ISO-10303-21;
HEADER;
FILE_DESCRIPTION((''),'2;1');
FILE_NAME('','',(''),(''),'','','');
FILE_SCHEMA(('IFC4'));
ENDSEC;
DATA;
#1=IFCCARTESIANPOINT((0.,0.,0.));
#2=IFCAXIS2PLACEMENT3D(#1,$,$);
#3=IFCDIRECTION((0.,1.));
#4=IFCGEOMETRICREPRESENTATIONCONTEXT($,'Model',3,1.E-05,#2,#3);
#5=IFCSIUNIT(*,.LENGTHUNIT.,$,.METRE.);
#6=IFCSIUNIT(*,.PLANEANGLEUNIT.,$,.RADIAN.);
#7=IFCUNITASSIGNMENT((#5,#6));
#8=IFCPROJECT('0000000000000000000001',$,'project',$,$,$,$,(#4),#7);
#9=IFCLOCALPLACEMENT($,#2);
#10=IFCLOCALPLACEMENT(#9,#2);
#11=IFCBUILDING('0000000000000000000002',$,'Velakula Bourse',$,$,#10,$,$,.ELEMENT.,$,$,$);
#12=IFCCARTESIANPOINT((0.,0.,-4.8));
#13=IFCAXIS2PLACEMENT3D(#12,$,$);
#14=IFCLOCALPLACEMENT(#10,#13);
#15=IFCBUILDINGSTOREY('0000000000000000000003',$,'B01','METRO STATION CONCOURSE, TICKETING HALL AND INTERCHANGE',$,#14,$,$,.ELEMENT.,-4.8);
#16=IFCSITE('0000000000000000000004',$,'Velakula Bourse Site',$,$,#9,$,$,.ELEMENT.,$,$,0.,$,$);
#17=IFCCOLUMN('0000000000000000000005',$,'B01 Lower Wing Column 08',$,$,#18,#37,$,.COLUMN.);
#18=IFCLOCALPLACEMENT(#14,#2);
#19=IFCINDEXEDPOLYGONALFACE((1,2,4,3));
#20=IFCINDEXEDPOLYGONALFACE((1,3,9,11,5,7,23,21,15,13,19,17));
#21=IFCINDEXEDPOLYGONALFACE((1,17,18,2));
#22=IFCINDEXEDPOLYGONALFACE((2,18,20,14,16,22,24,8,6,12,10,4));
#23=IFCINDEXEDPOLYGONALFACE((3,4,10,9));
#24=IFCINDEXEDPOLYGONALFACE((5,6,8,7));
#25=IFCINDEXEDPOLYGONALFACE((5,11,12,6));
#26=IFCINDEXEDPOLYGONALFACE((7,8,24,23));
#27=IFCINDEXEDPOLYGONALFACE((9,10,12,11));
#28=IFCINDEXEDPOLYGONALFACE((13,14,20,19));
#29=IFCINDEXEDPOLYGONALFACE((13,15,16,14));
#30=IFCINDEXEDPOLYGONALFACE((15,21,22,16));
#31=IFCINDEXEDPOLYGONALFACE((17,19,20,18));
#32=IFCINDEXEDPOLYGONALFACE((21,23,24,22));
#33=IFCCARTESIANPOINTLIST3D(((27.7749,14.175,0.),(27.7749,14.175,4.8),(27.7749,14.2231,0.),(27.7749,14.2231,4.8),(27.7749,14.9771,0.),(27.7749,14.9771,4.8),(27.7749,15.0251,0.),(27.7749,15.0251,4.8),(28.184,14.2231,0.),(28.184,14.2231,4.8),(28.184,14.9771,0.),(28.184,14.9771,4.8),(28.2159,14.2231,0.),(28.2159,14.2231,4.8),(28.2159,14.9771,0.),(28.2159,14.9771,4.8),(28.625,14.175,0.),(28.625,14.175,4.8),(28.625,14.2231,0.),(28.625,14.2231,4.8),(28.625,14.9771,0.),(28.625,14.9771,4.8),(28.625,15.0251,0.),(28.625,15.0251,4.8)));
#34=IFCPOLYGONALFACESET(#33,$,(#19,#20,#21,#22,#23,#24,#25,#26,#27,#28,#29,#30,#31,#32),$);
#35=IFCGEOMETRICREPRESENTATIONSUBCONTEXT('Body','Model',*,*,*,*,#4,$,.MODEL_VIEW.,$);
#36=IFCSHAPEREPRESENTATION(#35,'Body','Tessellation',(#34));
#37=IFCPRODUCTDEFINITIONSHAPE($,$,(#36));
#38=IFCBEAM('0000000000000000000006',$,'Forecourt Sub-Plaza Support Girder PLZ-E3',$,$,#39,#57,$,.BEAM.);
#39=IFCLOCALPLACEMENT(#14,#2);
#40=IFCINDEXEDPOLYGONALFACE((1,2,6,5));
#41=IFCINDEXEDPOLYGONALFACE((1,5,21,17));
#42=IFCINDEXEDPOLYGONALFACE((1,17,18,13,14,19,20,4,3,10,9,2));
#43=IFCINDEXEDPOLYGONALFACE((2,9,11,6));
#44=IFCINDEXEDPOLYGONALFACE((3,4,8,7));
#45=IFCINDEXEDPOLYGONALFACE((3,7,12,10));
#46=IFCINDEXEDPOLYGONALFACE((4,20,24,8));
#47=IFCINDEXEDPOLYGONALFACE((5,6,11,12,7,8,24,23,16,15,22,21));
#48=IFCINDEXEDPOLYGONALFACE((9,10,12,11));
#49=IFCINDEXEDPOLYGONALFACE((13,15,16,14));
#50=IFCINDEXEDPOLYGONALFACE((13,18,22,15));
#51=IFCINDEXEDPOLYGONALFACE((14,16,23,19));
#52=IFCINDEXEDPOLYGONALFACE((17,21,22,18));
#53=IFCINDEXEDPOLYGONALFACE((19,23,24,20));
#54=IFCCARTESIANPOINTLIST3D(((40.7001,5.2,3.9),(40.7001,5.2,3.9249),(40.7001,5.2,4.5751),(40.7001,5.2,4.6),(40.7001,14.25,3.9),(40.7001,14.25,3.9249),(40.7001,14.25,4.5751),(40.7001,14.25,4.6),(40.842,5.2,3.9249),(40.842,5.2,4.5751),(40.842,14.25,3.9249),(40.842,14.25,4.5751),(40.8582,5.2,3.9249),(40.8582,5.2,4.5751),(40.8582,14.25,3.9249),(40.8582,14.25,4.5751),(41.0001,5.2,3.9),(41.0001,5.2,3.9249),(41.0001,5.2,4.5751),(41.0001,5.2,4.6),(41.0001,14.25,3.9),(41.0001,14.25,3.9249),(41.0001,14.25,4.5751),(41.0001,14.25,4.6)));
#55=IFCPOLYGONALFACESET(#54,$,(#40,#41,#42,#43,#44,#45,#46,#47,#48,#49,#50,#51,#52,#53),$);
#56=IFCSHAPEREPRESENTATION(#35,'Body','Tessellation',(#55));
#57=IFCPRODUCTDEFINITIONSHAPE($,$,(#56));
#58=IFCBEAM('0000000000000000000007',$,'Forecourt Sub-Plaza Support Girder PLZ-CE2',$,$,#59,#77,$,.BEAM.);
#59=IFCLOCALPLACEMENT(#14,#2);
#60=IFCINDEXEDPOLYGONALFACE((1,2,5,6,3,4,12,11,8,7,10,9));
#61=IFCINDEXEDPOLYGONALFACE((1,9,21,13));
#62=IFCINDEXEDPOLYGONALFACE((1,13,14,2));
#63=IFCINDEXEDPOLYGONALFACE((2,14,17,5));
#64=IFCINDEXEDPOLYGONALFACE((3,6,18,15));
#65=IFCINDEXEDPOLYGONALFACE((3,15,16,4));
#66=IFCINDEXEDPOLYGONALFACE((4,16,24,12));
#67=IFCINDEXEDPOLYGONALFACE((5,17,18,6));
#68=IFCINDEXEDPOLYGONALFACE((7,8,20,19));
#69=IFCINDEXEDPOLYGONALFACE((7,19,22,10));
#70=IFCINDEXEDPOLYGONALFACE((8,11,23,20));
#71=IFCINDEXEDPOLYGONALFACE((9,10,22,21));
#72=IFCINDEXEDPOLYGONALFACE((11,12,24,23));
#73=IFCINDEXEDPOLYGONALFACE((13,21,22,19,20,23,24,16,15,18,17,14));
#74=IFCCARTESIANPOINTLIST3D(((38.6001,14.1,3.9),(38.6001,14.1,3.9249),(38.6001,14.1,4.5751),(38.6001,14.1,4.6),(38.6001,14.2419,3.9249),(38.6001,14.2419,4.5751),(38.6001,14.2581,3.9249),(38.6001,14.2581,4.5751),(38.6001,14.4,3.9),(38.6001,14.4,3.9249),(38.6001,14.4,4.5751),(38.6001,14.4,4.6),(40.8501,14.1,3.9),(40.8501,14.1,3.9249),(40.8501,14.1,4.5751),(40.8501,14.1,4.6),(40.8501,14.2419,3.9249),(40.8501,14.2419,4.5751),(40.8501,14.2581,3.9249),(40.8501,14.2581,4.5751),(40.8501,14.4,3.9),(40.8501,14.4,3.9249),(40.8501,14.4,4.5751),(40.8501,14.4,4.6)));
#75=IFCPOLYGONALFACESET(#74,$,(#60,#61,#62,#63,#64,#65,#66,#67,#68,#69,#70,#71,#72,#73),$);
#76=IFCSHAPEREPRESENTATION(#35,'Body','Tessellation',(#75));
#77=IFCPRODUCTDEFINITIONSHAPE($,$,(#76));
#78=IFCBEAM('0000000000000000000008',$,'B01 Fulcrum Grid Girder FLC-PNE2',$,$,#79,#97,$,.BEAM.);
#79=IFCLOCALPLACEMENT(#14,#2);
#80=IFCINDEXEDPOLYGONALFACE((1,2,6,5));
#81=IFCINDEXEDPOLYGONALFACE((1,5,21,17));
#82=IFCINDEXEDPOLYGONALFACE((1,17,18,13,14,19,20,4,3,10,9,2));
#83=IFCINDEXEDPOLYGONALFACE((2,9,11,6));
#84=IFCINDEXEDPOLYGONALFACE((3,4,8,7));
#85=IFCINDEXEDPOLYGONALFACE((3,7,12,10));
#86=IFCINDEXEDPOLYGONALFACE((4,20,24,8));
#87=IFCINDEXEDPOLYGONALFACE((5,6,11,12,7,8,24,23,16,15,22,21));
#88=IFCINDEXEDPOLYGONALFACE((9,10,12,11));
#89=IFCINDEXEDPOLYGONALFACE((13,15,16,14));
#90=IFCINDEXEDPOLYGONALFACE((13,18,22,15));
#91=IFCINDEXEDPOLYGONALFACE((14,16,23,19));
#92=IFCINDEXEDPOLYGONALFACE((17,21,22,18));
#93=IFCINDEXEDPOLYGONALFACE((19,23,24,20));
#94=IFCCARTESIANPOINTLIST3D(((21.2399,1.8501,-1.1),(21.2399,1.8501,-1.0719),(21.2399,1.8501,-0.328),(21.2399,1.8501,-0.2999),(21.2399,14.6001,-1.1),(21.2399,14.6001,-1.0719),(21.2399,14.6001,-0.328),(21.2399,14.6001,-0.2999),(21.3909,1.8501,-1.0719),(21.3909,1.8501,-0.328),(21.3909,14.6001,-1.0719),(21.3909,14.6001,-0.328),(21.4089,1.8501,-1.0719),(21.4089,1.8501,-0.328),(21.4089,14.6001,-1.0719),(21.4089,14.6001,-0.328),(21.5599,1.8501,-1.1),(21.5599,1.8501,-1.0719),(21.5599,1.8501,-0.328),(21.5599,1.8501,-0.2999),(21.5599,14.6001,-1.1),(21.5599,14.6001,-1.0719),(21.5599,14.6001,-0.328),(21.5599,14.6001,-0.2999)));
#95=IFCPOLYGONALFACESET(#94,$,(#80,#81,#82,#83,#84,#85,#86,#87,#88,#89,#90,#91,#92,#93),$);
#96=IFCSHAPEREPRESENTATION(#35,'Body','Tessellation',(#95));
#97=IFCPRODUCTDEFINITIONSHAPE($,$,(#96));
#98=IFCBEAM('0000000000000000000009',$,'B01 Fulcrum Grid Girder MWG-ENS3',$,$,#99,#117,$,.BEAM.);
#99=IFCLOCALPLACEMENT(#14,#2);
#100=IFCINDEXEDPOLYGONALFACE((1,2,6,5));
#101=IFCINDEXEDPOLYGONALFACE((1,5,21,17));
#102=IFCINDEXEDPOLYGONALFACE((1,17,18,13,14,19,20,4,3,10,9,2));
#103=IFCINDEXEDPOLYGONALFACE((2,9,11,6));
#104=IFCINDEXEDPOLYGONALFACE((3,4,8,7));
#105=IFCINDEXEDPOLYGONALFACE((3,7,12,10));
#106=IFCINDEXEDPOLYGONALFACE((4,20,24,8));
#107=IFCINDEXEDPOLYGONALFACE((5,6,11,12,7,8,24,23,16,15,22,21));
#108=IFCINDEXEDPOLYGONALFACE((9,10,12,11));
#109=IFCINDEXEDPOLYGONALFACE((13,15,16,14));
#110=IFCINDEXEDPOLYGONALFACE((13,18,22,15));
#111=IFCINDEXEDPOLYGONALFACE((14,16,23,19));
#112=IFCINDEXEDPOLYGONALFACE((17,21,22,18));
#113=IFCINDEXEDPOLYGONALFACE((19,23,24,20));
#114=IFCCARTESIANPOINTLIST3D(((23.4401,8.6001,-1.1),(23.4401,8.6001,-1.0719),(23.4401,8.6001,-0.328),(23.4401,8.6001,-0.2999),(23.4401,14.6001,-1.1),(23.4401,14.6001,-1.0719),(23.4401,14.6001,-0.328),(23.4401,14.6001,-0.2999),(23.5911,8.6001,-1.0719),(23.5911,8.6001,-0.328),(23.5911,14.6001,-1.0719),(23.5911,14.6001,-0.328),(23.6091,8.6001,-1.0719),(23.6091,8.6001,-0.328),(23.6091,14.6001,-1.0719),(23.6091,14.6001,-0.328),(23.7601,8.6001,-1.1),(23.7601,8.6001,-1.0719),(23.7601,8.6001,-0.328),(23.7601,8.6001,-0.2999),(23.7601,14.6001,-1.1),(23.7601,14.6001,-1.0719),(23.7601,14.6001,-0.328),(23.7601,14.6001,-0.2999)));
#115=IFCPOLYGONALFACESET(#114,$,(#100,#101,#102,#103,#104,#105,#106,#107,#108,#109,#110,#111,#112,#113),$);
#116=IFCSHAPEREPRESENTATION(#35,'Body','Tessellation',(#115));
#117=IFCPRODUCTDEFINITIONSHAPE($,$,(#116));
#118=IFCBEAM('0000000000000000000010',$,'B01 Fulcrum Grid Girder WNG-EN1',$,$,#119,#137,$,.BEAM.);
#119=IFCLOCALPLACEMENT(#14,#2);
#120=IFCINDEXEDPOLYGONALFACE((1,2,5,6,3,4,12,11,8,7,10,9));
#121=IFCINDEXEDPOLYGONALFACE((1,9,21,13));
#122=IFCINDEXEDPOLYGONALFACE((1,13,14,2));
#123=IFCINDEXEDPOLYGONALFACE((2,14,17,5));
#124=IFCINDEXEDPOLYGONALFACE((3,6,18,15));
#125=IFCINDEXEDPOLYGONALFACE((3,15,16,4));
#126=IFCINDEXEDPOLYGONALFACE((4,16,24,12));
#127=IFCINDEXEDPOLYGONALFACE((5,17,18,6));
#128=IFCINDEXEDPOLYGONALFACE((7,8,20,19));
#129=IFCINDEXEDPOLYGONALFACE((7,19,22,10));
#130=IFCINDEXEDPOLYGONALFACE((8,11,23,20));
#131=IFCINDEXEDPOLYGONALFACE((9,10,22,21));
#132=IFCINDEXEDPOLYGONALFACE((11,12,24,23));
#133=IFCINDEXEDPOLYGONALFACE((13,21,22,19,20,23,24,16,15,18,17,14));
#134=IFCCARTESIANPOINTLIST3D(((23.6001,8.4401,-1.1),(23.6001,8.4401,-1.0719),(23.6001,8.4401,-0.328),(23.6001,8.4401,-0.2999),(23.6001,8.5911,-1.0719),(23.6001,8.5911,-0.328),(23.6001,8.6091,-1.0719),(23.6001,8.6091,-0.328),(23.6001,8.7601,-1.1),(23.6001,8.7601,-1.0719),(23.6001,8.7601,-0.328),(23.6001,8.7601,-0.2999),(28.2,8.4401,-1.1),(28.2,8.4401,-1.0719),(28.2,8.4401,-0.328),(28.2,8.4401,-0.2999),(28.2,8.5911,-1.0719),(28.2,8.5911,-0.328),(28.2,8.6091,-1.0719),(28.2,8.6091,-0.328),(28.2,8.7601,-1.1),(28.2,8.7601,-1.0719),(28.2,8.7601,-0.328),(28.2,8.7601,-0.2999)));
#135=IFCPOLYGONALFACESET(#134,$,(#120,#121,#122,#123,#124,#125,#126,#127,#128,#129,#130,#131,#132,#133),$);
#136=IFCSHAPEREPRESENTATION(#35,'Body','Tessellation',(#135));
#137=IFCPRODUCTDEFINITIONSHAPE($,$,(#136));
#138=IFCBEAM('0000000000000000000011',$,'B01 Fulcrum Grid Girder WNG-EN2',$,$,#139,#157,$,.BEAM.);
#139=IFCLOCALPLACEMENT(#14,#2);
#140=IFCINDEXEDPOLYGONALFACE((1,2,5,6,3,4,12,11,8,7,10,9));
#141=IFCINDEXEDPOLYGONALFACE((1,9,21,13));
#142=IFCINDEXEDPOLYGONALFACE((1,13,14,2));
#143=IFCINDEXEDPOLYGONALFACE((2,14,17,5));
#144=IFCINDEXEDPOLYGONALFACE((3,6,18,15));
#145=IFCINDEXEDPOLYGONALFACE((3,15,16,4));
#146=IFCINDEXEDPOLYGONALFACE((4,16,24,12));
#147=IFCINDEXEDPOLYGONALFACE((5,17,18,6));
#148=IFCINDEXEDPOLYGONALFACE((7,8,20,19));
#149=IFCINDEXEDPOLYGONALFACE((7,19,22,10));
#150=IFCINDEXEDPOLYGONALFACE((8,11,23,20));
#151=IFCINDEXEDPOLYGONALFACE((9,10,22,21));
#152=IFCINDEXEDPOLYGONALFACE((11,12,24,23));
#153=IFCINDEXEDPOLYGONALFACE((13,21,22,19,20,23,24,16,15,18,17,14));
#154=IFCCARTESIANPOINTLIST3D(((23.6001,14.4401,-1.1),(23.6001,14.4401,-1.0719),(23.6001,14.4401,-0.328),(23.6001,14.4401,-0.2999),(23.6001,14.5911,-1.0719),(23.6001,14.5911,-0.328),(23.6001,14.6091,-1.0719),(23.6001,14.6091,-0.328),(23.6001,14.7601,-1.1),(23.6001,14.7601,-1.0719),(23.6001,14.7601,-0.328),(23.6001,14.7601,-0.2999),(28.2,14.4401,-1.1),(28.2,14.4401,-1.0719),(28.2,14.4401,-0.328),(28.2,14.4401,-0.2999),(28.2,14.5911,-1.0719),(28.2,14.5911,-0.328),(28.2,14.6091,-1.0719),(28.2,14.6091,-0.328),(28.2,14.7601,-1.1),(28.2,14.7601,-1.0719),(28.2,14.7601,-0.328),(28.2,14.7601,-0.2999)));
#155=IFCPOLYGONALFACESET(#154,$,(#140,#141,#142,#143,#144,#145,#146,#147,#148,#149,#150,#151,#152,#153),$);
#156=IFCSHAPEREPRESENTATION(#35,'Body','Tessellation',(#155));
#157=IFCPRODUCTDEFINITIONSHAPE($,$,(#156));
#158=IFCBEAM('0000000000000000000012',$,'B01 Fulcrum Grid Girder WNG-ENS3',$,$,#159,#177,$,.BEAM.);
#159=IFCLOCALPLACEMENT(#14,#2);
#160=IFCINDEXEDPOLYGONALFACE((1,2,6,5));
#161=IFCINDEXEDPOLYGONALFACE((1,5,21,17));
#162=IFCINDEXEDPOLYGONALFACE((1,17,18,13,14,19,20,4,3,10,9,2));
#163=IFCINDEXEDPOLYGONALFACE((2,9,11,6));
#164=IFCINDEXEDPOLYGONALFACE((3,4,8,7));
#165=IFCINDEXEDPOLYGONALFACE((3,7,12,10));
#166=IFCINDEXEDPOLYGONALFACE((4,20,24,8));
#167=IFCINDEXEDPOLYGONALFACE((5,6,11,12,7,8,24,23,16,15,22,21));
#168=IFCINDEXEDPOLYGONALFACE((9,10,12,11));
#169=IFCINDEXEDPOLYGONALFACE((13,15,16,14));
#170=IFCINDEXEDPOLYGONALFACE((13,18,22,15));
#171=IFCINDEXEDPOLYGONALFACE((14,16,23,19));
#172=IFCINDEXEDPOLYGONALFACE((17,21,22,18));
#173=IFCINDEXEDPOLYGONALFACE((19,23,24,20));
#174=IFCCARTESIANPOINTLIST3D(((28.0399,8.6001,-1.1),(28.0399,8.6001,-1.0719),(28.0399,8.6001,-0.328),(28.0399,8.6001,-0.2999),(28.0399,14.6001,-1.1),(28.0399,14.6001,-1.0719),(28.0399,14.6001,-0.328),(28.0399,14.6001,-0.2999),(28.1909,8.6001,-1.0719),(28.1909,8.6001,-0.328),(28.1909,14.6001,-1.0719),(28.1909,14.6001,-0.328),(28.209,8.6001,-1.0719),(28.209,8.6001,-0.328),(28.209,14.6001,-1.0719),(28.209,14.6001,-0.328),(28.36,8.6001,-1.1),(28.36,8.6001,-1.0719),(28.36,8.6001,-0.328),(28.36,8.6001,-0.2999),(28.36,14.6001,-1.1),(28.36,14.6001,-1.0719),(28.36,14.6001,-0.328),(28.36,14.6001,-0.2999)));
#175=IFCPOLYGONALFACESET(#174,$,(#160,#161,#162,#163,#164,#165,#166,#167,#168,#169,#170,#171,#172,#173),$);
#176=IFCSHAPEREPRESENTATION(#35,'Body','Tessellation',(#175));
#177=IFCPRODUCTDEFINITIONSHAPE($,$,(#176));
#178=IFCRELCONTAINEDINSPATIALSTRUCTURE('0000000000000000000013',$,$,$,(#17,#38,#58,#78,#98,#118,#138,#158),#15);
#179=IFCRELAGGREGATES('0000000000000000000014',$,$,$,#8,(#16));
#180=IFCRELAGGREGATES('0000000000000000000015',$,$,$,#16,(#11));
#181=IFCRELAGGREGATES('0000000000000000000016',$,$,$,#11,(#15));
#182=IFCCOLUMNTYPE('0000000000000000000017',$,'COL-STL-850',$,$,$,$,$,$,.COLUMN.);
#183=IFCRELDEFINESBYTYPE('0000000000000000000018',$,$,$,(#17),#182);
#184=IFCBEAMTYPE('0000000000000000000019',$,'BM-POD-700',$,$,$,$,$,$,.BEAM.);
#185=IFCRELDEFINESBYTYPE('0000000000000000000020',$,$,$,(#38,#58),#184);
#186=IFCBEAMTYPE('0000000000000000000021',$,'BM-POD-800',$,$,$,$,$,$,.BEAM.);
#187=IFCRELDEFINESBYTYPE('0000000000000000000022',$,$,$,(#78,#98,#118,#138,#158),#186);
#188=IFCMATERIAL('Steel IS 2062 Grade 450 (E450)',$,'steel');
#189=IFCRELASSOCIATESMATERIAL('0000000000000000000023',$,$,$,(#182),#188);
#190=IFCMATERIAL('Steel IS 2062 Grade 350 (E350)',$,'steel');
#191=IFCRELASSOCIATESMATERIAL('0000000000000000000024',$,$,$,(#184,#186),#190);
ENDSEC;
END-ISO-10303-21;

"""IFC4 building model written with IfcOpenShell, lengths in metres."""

from ifc_helpers import new_model, si_unit, direction, frame, origin, origin_2d, place, context, subcontext, project, spatial, i_section, extrude, material, material_profile, profile_set, type_object, element, save


model = new_model("IFC4")

# Units and contexts
model_context = context("Model", 3, precision=1e-05, world=origin(), true_north=direction((0.0, 1.0)))
body_context = subcontext(model_context, "Body", "Model", "MODEL_VIEW")
ifc_project = project(units=[si_unit("LENGTHUNIT", "METRE"), si_unit("PLANEANGLEUNIT", "RADIAN")], contexts=[model_context])

# Site, building, storey
site_placement = place(None, origin())
site = spatial("IfcSite", under=ifc_project, at=site_placement, Name="Velakula Bourse Site", CompositionType="ELEMENT", RefElevation=0.0)
building_placement = place(site_placement, origin())
building = spatial("IfcBuilding", under=site, at=building_placement, Name="Velakula Bourse", CompositionType="ELEMENT")
storey_placement = place(building_placement, frame((0.0, 0.0, -4.8)))
storey = spatial("IfcBuildingStorey", under=building, at=storey_placement, Name="B01", Description="METRO STATION CONCOURSE, TICKETING HALL AND INTERCHANGE", CompositionType="ELEMENT", Elevation=-4.8)

# Column
ifc_material_1 = material(Name="Steel IS 2062 Grade 450 (E450)", Category="steel")
ifc_material_profile_1 = material_profile(ifc_material_1, i_section(OverallWidth=0.8501, OverallDepth=0.8501, WebThickness=0.032, FlangeThickness=0.0481, at=origin_2d()), Name="Steel IS 2062 Grade 450 (E450)")
ifc_profile_set_1 = profile_set([ifc_material_profile_1], Name="Steel IS 2062 Grade 450 (E450)")
column_type_1 = type_object("IfcColumnType", Name="COL-STL-850", PredefinedType="COLUMN", material=ifc_profile_set_1)
for number, where, z_axis, x_axis, name in (
    (1, (28.2, 14.6001, 0.0), (0.0, 0.0, 1.0), (1.0, 0.0, 0.0), "B01 Lower Wing Column 08"),
):
    element("IfcColumn", number, at=place(storey_placement, frame(where, z_axis=z_axis, x_axis=x_axis)), inside=storey, type_object=column_type_1, Name=name, PredefinedType="COLUMN", context=body_context, shape_type="SweptSolid", body=[
        extrude(i_section(OverallWidth=0.8501, OverallDepth=0.8501, WebThickness=0.032, FlangeThickness=0.0481, at=origin_2d()), origin(), (0.0, 0.0, 1.0), 4.8),
    ])

# Beams
ifc_material_2 = material(Name="Steel IS 2062 Grade 350 (E350)", Category="steel")
ifc_material_profile_2 = material_profile(ifc_material_2, i_section(OverallWidth=0.3, OverallDepth=0.7, WebThickness=0.0161, FlangeThickness=0.0249, at=origin_2d()), Name="Steel IS 2062 Grade 350 (E350)")
ifc_profile_set_2 = profile_set([ifc_material_profile_2], Name="Steel IS 2062 Grade 350 (E350)")
beam_type_1 = type_object("IfcBeamType", Name="BM-POD-700", PredefinedType="BEAM", material=ifc_profile_set_2)
beam_1_placement = place(storey_placement, frame((40.8501, 5.2, 4.25), z_axis=(0.0, 1.0, 0.0), x_axis=(-1.0, 0.0, 0.0)))
element("IfcBeam", 2, at=beam_1_placement, inside=storey, type_object=beam_type_1, Name="Forecourt Sub-Plaza Support Girder PLZ-E3", PredefinedType="BEAM", context=body_context, shape_type="SweptSolid", body=[
    extrude(i_section(OverallWidth=0.3, OverallDepth=0.7, WebThickness=0.0161, FlangeThickness=0.0249, at=origin_2d()), origin(), (0.0, 0.0, 1.0), 9.05),
])
beam_2_placement = place(storey_placement, frame((38.6001, 14.25, 4.25), z_axis=(1.0, 0.0, 0.0), x_axis=(0.0, 1.0, 0.0)))
element("IfcBeam", 3, at=beam_2_placement, inside=storey, type_object=beam_type_1, Name="Forecourt Sub-Plaza Support Girder PLZ-CE2", PredefinedType="BEAM", context=body_context, shape_type="SweptSolid", body=[
    extrude(i_section(OverallWidth=0.3, OverallDepth=0.7, WebThickness=0.0161, FlangeThickness=0.0249, at=origin_2d()), origin(), (0.0, 0.0, 1.0), 2.25),
])
ifc_material_profile_3 = material_profile(ifc_material_2, i_section(OverallWidth=0.3201, OverallDepth=0.8, WebThickness=0.0181, FlangeThickness=0.0281, at=origin_2d()), Name="Steel IS 2062 Grade 350 (E350)")
ifc_profile_set_3 = profile_set([ifc_material_profile_3], Name="Steel IS 2062 Grade 350 (E350)")
beam_type_2 = type_object("IfcBeamType", Name="BM-POD-800", PredefinedType="BEAM", material=ifc_profile_set_3)
beam_3_placement = place(storey_placement, frame((21.3999, 1.8501, -0.7), z_axis=(0.0, 1.0, 0.0), x_axis=(-1.0, 0.0, 0.0)))
element("IfcBeam", 4, at=beam_3_placement, inside=storey, type_object=beam_type_2, Name="B01 Fulcrum Grid Girder FLC-PNE2", PredefinedType="BEAM", context=body_context, shape_type="SweptSolid", body=[
    extrude(i_section(OverallWidth=0.3201, OverallDepth=0.8, WebThickness=0.0181, FlangeThickness=0.0281, at=origin_2d()), origin(), (0.0, 0.0, 1.0), 12.75),
])
beam_4_placement = place(storey_placement, frame((23.6001, 8.6001, -0.7), z_axis=(0.0, 1.0, 0.0), x_axis=(-1.0, 0.0, 0.0)))
element("IfcBeam", 5, at=beam_4_placement, inside=storey, type_object=beam_type_2, Name="B01 Fulcrum Grid Girder MWG-ENS3", PredefinedType="BEAM", context=body_context, shape_type="SweptSolid", body=[
    extrude(i_section(OverallWidth=0.3201, OverallDepth=0.8, WebThickness=0.0181, FlangeThickness=0.0281, at=origin_2d()), origin(), (0.0, 0.0, 1.0), 6.0),
])
for number, where, z_axis, x_axis, name in (
    (6, (23.6001, 8.6001, -0.7), (1.0, 0.0, 0.0), (0.0, 1.0, 0.0), "B01 Fulcrum Grid Girder WNG-EN1"),
    (7, (23.6001, 14.6001, -0.7), (1.0, 0.0, 0.0), (0.0, 1.0, 0.0), "B01 Fulcrum Grid Girder WNG-EN2"),
):
    element("IfcBeam", number, at=place(storey_placement, frame(where, z_axis=z_axis, x_axis=x_axis)), inside=storey, type_object=beam_type_2, Name=name, PredefinedType="BEAM", context=body_context, shape_type="SweptSolid", body=[
        extrude(i_section(OverallWidth=0.3201, OverallDepth=0.8, WebThickness=0.0181, FlangeThickness=0.0281, at=origin_2d()), origin(), (0.0, 0.0, 1.0), 4.5999),
    ])
beam_5_placement = place(storey_placement, frame((28.2, 8.6001, -0.7), z_axis=(0.0, 1.0, 0.0), x_axis=(-1.0, 0.0, 0.0)))
element("IfcBeam", 8, at=beam_5_placement, inside=storey, type_object=beam_type_2, Name="B01 Fulcrum Grid Girder WNG-ENS3", PredefinedType="BEAM", context=body_context, shape_type="SweptSolid", body=[
    extrude(i_section(OverallWidth=0.3201, OverallDepth=0.8, WebThickness=0.0181, FlangeThickness=0.0281, at=origin_2d()), origin(), (0.0, 0.0, 1.0), 6.0),
])

save(model, "model.ifc")
